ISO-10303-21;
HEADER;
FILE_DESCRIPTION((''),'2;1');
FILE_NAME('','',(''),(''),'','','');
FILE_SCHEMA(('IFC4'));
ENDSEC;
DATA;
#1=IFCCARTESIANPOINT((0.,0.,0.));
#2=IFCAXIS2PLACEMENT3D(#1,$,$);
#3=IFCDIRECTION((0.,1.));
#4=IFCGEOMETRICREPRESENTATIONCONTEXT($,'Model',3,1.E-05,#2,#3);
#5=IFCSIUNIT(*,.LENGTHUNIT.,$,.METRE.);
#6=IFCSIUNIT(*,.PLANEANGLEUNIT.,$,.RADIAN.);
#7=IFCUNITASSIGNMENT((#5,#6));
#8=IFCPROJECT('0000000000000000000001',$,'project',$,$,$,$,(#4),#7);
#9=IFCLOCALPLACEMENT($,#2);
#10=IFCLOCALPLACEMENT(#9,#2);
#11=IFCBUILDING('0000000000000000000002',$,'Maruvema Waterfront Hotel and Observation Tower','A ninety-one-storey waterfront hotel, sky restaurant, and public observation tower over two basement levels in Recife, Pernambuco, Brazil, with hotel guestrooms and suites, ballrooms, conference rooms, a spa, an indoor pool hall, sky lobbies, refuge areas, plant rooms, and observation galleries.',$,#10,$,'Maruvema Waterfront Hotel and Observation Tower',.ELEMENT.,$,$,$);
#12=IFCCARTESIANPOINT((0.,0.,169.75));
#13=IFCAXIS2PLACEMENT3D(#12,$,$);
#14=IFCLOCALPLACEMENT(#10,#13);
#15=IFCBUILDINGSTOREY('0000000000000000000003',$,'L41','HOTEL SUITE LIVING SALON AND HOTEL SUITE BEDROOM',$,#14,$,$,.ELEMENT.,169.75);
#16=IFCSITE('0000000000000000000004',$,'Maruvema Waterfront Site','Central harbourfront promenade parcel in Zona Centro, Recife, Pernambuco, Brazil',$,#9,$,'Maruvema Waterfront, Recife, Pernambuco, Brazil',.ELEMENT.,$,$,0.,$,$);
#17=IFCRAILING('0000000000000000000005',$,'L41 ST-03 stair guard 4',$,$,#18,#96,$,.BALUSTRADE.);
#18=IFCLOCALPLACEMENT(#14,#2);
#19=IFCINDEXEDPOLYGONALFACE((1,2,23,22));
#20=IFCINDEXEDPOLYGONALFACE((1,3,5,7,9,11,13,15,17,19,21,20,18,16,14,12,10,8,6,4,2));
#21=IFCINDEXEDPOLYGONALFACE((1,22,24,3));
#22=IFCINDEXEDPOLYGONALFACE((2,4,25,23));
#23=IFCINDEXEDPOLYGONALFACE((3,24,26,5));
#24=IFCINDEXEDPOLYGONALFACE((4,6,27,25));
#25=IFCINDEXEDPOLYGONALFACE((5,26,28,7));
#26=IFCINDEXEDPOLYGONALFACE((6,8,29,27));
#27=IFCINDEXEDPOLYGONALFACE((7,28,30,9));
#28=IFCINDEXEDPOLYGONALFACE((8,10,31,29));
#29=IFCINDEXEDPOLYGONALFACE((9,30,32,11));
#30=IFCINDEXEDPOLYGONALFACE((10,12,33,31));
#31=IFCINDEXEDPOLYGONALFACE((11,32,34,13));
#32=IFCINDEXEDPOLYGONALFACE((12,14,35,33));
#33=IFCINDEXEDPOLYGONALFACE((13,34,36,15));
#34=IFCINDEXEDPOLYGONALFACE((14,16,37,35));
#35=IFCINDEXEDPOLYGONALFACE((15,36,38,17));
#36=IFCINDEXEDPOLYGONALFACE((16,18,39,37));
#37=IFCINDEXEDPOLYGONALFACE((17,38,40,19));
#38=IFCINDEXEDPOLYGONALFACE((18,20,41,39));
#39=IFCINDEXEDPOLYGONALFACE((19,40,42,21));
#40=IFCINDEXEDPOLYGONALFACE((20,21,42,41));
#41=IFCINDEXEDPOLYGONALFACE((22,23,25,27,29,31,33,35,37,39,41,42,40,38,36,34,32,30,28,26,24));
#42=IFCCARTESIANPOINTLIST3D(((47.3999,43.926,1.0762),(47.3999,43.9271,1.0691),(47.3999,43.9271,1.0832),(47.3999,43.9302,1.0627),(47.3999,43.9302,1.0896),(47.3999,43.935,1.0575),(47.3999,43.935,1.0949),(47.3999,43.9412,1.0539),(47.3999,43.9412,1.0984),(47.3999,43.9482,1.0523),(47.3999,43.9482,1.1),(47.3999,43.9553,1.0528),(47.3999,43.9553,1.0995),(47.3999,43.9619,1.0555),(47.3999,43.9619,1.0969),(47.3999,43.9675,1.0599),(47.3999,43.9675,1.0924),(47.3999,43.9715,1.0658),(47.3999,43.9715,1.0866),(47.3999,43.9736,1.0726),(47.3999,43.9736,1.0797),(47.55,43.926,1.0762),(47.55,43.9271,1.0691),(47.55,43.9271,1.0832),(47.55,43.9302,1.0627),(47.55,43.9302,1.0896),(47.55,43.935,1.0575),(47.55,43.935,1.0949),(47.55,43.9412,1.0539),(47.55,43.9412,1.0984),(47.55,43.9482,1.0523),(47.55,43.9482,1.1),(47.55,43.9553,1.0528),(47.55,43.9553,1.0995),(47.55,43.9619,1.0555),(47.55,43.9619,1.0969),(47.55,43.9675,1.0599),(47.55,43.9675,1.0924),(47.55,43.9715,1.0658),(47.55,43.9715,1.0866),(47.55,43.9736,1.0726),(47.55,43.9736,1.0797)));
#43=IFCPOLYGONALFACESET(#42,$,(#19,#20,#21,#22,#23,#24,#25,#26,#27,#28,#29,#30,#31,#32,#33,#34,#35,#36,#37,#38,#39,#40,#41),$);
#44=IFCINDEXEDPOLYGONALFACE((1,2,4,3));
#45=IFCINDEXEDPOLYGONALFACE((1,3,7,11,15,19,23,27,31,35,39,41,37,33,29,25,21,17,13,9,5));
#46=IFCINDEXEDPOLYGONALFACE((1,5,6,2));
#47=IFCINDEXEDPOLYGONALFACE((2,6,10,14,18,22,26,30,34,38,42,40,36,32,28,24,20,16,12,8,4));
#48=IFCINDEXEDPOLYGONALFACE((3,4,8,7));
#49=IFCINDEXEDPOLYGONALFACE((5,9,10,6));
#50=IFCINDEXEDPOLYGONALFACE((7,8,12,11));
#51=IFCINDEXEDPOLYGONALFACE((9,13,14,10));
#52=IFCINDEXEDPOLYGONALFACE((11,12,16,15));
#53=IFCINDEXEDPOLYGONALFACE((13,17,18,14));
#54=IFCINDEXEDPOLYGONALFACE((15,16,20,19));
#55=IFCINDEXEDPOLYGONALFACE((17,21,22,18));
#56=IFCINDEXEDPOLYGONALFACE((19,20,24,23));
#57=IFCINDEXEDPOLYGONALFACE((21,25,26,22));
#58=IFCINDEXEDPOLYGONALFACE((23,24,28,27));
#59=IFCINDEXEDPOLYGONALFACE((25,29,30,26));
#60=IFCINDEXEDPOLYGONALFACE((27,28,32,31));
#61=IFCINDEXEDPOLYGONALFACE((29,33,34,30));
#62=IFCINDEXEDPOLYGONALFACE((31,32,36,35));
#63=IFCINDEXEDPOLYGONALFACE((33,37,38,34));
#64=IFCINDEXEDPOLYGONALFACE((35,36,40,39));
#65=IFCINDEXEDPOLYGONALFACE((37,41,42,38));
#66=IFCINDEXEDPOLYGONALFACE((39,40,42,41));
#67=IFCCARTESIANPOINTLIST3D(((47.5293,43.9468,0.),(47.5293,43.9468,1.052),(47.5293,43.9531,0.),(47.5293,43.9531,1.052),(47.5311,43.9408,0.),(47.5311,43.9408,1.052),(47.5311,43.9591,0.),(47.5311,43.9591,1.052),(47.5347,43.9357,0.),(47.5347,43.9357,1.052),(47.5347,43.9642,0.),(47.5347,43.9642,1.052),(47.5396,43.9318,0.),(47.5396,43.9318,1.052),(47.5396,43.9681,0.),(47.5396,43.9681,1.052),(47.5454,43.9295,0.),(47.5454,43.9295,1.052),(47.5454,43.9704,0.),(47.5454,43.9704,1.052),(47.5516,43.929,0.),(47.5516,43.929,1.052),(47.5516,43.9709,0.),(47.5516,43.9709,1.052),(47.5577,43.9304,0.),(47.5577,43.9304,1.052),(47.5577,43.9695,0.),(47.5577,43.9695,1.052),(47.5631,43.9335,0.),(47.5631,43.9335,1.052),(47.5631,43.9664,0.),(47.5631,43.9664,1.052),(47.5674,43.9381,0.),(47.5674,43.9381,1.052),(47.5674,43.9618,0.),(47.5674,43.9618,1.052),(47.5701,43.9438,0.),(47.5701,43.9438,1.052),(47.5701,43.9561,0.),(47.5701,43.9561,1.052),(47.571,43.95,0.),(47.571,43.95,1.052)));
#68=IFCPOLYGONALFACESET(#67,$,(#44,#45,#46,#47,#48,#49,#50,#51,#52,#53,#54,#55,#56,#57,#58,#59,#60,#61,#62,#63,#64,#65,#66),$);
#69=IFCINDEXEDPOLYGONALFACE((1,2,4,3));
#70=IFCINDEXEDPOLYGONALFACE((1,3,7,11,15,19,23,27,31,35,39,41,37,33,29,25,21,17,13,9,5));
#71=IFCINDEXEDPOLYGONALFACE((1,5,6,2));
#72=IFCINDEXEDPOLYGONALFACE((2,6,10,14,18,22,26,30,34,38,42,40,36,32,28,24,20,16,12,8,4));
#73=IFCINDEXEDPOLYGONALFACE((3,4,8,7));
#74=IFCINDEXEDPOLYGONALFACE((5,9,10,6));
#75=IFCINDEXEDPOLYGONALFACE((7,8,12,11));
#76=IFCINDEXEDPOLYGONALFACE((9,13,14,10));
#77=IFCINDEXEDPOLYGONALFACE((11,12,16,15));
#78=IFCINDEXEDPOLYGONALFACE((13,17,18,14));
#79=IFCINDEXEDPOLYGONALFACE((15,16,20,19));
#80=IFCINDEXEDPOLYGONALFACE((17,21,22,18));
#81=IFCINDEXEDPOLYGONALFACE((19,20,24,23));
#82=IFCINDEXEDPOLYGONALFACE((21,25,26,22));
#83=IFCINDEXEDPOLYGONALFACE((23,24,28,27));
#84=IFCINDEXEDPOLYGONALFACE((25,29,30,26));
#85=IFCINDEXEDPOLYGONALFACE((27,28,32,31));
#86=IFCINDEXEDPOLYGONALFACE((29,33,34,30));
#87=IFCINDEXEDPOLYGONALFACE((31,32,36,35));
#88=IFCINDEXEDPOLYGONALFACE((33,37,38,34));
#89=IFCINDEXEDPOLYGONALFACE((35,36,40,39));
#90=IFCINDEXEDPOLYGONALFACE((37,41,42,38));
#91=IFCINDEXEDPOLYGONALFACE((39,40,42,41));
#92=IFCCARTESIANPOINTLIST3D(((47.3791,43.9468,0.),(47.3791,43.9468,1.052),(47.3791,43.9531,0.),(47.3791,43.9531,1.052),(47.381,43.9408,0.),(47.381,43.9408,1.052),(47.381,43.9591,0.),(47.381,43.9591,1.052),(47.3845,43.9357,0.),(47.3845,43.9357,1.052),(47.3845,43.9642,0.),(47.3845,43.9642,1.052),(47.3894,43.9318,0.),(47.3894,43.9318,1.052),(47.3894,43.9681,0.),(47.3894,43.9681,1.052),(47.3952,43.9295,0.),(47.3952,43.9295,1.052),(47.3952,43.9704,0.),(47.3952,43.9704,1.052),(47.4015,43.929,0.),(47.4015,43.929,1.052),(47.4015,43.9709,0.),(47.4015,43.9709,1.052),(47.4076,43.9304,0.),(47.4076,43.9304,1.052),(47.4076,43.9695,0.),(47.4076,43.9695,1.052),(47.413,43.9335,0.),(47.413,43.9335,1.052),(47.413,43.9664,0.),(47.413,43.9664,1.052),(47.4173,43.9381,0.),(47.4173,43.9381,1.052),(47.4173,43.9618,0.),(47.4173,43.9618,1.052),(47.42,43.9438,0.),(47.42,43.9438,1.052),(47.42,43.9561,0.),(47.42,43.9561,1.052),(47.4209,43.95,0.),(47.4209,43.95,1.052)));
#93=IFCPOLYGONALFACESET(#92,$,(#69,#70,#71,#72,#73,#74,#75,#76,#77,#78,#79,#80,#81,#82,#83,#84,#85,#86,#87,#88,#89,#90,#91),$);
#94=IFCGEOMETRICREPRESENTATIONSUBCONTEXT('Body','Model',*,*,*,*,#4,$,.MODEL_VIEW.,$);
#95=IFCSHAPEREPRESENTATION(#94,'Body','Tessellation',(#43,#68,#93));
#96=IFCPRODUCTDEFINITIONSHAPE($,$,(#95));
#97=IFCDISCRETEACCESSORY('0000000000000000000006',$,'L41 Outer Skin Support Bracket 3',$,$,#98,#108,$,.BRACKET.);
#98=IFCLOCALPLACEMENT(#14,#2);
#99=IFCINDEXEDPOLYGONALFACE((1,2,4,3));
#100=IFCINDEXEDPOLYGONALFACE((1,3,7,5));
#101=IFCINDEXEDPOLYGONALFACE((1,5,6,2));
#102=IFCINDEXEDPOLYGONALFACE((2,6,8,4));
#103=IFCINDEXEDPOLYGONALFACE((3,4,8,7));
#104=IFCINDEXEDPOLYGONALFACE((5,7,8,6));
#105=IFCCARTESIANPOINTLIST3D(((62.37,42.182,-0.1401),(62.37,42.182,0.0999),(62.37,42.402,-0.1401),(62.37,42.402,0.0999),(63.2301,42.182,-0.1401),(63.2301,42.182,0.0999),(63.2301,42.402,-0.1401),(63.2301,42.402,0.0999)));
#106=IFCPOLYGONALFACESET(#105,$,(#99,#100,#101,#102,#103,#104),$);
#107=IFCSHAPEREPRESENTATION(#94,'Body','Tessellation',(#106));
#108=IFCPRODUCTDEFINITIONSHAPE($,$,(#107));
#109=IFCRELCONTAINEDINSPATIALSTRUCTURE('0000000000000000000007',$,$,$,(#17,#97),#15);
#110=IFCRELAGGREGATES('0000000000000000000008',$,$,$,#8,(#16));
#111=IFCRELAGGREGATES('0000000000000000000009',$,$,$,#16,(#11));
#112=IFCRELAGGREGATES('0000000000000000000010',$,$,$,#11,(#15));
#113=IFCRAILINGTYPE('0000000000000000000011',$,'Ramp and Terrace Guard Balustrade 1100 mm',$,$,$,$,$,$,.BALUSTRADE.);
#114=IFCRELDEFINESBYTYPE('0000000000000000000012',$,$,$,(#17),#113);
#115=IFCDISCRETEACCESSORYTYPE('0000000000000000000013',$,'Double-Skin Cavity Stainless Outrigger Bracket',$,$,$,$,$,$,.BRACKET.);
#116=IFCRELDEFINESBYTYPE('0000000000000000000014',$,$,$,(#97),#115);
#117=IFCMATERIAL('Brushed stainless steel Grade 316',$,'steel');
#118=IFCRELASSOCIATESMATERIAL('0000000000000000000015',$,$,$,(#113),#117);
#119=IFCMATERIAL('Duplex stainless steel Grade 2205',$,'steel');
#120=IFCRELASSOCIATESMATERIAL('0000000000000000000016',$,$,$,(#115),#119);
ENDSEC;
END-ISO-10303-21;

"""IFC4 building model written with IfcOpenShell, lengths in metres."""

from ifc_helpers import new_model, si_unit, direction, frame, origin, origin_2d, place, context, subcontext, project, spatial, rectangle, circle, extrude, material, type_object, element, save


model = new_model("IFC4")

# Units and contexts
model_context = context("Model", 3, precision=1e-05, world=origin(), true_north=direction((0.0, 1.0)))
body_context = subcontext(model_context, "Body", "Model", "MODEL_VIEW")
ifc_project = project(units=[si_unit("LENGTHUNIT", "METRE"), si_unit("PLANEANGLEUNIT", "RADIAN")], contexts=[model_context])

# Site, building, storey
site_placement = place(None, origin())
site = spatial("IfcSite", under=ifc_project, at=site_placement, Name="Maruvema Waterfront Site", Description="Central harbourfront promenade parcel in Zona Centro, Recife, Pernambuco, Brazil", LongName="Maruvema Waterfront, Recife, Pernambuco, Brazil", CompositionType="ELEMENT", RefElevation=0.0)
building_placement = place(site_placement, origin())
building = spatial("IfcBuilding", under=site, at=building_placement, Name="Maruvema Waterfront Hotel and Observation Tower", Description="A ninety-one-storey waterfront hotel, sky restaurant, and public observation tower over two basement levels in Recife, Pernambuco, Brazil, with hotel guestrooms and suites, ballrooms, conference rooms, a spa, an indoor pool hall, sky lobbies, refuge areas, plant rooms, and observation galleries.", LongName="Maruvema Waterfront Hotel and Observation Tower", CompositionType="ELEMENT")
storey_placement = place(building_placement, frame((0.0, 0.0, 169.75)))
storey = spatial("IfcBuildingStorey", under=building, at=storey_placement, Name="L41", Description="HOTEL SUITE LIVING SALON AND HOTEL SUITE BEDROOM", CompositionType="ELEMENT", Elevation=169.75)

# Railing
ifc_material_1 = material(Name="Brushed stainless steel Grade 316", Category="steel")
railing_type = type_object("IfcRailingType", Name="Ramp and Terrace Guard Balustrade 1100 mm", PredefinedType="BALUSTRADE", material=ifc_material_1)
railing_1_placement = place(storey_placement, frame((47.55, 43.95, 0.0)))
element("IfcRailing", 1, at=railing_1_placement, inside=storey, type_object=railing_type, Name="L41 ST-03 stair guard 4", PredefinedType="BALUSTRADE", context=body_context, shape_type="SweptSolid", body=[
    extrude(circle(Radius=0.0239, at=origin_2d()), frame((0.0, 0.0, 1.0762), z_axis=(-1.0, 0.0, 0.0), x_axis=(0.0, -1.0, 0.0)), (0.0, 0.0, 1.0), 0.1501),
    extrude(circle(Radius=0.021, at=origin_2d()), origin(), (0.0, 0.0, 1.0), 1.052),
    extrude(circle(Radius=0.021, at=origin_2d()), frame((-0.1501, 0.0, 0.0)), (0.0, 0.0, 1.0), 1.052),
])

# Discrete accessory
ifc_material_2 = material(Name="Duplex stainless steel Grade 2205", Category="steel")
discrete_accessory_type = type_object("IfcDiscreteAccessoryType", Name="Double-Skin Cavity Stainless Outrigger Bracket", PredefinedType="BRACKET", material=ifc_material_2)
discrete_accessory_placement = place(storey_placement, frame((62.8, 42.292, -0.1401), z_axis=(0.0, 0.0, 1.0), x_axis=(0.0, 1.0, 0.0)))
element("IfcDiscreteAccessory", 2, at=discrete_accessory_placement, inside=storey, type_object=discrete_accessory_type, Name="L41 Outer Skin Support Bracket 3", PredefinedType="BRACKET", context=body_context, shape_type="SweptSolid", body=[
    extrude(rectangle(XDim=0.22, YDim=0.8601, at=origin_2d()), origin(), (0.0, 0.0, 1.0), 0.24),
])

save(model, "model.ifc")
